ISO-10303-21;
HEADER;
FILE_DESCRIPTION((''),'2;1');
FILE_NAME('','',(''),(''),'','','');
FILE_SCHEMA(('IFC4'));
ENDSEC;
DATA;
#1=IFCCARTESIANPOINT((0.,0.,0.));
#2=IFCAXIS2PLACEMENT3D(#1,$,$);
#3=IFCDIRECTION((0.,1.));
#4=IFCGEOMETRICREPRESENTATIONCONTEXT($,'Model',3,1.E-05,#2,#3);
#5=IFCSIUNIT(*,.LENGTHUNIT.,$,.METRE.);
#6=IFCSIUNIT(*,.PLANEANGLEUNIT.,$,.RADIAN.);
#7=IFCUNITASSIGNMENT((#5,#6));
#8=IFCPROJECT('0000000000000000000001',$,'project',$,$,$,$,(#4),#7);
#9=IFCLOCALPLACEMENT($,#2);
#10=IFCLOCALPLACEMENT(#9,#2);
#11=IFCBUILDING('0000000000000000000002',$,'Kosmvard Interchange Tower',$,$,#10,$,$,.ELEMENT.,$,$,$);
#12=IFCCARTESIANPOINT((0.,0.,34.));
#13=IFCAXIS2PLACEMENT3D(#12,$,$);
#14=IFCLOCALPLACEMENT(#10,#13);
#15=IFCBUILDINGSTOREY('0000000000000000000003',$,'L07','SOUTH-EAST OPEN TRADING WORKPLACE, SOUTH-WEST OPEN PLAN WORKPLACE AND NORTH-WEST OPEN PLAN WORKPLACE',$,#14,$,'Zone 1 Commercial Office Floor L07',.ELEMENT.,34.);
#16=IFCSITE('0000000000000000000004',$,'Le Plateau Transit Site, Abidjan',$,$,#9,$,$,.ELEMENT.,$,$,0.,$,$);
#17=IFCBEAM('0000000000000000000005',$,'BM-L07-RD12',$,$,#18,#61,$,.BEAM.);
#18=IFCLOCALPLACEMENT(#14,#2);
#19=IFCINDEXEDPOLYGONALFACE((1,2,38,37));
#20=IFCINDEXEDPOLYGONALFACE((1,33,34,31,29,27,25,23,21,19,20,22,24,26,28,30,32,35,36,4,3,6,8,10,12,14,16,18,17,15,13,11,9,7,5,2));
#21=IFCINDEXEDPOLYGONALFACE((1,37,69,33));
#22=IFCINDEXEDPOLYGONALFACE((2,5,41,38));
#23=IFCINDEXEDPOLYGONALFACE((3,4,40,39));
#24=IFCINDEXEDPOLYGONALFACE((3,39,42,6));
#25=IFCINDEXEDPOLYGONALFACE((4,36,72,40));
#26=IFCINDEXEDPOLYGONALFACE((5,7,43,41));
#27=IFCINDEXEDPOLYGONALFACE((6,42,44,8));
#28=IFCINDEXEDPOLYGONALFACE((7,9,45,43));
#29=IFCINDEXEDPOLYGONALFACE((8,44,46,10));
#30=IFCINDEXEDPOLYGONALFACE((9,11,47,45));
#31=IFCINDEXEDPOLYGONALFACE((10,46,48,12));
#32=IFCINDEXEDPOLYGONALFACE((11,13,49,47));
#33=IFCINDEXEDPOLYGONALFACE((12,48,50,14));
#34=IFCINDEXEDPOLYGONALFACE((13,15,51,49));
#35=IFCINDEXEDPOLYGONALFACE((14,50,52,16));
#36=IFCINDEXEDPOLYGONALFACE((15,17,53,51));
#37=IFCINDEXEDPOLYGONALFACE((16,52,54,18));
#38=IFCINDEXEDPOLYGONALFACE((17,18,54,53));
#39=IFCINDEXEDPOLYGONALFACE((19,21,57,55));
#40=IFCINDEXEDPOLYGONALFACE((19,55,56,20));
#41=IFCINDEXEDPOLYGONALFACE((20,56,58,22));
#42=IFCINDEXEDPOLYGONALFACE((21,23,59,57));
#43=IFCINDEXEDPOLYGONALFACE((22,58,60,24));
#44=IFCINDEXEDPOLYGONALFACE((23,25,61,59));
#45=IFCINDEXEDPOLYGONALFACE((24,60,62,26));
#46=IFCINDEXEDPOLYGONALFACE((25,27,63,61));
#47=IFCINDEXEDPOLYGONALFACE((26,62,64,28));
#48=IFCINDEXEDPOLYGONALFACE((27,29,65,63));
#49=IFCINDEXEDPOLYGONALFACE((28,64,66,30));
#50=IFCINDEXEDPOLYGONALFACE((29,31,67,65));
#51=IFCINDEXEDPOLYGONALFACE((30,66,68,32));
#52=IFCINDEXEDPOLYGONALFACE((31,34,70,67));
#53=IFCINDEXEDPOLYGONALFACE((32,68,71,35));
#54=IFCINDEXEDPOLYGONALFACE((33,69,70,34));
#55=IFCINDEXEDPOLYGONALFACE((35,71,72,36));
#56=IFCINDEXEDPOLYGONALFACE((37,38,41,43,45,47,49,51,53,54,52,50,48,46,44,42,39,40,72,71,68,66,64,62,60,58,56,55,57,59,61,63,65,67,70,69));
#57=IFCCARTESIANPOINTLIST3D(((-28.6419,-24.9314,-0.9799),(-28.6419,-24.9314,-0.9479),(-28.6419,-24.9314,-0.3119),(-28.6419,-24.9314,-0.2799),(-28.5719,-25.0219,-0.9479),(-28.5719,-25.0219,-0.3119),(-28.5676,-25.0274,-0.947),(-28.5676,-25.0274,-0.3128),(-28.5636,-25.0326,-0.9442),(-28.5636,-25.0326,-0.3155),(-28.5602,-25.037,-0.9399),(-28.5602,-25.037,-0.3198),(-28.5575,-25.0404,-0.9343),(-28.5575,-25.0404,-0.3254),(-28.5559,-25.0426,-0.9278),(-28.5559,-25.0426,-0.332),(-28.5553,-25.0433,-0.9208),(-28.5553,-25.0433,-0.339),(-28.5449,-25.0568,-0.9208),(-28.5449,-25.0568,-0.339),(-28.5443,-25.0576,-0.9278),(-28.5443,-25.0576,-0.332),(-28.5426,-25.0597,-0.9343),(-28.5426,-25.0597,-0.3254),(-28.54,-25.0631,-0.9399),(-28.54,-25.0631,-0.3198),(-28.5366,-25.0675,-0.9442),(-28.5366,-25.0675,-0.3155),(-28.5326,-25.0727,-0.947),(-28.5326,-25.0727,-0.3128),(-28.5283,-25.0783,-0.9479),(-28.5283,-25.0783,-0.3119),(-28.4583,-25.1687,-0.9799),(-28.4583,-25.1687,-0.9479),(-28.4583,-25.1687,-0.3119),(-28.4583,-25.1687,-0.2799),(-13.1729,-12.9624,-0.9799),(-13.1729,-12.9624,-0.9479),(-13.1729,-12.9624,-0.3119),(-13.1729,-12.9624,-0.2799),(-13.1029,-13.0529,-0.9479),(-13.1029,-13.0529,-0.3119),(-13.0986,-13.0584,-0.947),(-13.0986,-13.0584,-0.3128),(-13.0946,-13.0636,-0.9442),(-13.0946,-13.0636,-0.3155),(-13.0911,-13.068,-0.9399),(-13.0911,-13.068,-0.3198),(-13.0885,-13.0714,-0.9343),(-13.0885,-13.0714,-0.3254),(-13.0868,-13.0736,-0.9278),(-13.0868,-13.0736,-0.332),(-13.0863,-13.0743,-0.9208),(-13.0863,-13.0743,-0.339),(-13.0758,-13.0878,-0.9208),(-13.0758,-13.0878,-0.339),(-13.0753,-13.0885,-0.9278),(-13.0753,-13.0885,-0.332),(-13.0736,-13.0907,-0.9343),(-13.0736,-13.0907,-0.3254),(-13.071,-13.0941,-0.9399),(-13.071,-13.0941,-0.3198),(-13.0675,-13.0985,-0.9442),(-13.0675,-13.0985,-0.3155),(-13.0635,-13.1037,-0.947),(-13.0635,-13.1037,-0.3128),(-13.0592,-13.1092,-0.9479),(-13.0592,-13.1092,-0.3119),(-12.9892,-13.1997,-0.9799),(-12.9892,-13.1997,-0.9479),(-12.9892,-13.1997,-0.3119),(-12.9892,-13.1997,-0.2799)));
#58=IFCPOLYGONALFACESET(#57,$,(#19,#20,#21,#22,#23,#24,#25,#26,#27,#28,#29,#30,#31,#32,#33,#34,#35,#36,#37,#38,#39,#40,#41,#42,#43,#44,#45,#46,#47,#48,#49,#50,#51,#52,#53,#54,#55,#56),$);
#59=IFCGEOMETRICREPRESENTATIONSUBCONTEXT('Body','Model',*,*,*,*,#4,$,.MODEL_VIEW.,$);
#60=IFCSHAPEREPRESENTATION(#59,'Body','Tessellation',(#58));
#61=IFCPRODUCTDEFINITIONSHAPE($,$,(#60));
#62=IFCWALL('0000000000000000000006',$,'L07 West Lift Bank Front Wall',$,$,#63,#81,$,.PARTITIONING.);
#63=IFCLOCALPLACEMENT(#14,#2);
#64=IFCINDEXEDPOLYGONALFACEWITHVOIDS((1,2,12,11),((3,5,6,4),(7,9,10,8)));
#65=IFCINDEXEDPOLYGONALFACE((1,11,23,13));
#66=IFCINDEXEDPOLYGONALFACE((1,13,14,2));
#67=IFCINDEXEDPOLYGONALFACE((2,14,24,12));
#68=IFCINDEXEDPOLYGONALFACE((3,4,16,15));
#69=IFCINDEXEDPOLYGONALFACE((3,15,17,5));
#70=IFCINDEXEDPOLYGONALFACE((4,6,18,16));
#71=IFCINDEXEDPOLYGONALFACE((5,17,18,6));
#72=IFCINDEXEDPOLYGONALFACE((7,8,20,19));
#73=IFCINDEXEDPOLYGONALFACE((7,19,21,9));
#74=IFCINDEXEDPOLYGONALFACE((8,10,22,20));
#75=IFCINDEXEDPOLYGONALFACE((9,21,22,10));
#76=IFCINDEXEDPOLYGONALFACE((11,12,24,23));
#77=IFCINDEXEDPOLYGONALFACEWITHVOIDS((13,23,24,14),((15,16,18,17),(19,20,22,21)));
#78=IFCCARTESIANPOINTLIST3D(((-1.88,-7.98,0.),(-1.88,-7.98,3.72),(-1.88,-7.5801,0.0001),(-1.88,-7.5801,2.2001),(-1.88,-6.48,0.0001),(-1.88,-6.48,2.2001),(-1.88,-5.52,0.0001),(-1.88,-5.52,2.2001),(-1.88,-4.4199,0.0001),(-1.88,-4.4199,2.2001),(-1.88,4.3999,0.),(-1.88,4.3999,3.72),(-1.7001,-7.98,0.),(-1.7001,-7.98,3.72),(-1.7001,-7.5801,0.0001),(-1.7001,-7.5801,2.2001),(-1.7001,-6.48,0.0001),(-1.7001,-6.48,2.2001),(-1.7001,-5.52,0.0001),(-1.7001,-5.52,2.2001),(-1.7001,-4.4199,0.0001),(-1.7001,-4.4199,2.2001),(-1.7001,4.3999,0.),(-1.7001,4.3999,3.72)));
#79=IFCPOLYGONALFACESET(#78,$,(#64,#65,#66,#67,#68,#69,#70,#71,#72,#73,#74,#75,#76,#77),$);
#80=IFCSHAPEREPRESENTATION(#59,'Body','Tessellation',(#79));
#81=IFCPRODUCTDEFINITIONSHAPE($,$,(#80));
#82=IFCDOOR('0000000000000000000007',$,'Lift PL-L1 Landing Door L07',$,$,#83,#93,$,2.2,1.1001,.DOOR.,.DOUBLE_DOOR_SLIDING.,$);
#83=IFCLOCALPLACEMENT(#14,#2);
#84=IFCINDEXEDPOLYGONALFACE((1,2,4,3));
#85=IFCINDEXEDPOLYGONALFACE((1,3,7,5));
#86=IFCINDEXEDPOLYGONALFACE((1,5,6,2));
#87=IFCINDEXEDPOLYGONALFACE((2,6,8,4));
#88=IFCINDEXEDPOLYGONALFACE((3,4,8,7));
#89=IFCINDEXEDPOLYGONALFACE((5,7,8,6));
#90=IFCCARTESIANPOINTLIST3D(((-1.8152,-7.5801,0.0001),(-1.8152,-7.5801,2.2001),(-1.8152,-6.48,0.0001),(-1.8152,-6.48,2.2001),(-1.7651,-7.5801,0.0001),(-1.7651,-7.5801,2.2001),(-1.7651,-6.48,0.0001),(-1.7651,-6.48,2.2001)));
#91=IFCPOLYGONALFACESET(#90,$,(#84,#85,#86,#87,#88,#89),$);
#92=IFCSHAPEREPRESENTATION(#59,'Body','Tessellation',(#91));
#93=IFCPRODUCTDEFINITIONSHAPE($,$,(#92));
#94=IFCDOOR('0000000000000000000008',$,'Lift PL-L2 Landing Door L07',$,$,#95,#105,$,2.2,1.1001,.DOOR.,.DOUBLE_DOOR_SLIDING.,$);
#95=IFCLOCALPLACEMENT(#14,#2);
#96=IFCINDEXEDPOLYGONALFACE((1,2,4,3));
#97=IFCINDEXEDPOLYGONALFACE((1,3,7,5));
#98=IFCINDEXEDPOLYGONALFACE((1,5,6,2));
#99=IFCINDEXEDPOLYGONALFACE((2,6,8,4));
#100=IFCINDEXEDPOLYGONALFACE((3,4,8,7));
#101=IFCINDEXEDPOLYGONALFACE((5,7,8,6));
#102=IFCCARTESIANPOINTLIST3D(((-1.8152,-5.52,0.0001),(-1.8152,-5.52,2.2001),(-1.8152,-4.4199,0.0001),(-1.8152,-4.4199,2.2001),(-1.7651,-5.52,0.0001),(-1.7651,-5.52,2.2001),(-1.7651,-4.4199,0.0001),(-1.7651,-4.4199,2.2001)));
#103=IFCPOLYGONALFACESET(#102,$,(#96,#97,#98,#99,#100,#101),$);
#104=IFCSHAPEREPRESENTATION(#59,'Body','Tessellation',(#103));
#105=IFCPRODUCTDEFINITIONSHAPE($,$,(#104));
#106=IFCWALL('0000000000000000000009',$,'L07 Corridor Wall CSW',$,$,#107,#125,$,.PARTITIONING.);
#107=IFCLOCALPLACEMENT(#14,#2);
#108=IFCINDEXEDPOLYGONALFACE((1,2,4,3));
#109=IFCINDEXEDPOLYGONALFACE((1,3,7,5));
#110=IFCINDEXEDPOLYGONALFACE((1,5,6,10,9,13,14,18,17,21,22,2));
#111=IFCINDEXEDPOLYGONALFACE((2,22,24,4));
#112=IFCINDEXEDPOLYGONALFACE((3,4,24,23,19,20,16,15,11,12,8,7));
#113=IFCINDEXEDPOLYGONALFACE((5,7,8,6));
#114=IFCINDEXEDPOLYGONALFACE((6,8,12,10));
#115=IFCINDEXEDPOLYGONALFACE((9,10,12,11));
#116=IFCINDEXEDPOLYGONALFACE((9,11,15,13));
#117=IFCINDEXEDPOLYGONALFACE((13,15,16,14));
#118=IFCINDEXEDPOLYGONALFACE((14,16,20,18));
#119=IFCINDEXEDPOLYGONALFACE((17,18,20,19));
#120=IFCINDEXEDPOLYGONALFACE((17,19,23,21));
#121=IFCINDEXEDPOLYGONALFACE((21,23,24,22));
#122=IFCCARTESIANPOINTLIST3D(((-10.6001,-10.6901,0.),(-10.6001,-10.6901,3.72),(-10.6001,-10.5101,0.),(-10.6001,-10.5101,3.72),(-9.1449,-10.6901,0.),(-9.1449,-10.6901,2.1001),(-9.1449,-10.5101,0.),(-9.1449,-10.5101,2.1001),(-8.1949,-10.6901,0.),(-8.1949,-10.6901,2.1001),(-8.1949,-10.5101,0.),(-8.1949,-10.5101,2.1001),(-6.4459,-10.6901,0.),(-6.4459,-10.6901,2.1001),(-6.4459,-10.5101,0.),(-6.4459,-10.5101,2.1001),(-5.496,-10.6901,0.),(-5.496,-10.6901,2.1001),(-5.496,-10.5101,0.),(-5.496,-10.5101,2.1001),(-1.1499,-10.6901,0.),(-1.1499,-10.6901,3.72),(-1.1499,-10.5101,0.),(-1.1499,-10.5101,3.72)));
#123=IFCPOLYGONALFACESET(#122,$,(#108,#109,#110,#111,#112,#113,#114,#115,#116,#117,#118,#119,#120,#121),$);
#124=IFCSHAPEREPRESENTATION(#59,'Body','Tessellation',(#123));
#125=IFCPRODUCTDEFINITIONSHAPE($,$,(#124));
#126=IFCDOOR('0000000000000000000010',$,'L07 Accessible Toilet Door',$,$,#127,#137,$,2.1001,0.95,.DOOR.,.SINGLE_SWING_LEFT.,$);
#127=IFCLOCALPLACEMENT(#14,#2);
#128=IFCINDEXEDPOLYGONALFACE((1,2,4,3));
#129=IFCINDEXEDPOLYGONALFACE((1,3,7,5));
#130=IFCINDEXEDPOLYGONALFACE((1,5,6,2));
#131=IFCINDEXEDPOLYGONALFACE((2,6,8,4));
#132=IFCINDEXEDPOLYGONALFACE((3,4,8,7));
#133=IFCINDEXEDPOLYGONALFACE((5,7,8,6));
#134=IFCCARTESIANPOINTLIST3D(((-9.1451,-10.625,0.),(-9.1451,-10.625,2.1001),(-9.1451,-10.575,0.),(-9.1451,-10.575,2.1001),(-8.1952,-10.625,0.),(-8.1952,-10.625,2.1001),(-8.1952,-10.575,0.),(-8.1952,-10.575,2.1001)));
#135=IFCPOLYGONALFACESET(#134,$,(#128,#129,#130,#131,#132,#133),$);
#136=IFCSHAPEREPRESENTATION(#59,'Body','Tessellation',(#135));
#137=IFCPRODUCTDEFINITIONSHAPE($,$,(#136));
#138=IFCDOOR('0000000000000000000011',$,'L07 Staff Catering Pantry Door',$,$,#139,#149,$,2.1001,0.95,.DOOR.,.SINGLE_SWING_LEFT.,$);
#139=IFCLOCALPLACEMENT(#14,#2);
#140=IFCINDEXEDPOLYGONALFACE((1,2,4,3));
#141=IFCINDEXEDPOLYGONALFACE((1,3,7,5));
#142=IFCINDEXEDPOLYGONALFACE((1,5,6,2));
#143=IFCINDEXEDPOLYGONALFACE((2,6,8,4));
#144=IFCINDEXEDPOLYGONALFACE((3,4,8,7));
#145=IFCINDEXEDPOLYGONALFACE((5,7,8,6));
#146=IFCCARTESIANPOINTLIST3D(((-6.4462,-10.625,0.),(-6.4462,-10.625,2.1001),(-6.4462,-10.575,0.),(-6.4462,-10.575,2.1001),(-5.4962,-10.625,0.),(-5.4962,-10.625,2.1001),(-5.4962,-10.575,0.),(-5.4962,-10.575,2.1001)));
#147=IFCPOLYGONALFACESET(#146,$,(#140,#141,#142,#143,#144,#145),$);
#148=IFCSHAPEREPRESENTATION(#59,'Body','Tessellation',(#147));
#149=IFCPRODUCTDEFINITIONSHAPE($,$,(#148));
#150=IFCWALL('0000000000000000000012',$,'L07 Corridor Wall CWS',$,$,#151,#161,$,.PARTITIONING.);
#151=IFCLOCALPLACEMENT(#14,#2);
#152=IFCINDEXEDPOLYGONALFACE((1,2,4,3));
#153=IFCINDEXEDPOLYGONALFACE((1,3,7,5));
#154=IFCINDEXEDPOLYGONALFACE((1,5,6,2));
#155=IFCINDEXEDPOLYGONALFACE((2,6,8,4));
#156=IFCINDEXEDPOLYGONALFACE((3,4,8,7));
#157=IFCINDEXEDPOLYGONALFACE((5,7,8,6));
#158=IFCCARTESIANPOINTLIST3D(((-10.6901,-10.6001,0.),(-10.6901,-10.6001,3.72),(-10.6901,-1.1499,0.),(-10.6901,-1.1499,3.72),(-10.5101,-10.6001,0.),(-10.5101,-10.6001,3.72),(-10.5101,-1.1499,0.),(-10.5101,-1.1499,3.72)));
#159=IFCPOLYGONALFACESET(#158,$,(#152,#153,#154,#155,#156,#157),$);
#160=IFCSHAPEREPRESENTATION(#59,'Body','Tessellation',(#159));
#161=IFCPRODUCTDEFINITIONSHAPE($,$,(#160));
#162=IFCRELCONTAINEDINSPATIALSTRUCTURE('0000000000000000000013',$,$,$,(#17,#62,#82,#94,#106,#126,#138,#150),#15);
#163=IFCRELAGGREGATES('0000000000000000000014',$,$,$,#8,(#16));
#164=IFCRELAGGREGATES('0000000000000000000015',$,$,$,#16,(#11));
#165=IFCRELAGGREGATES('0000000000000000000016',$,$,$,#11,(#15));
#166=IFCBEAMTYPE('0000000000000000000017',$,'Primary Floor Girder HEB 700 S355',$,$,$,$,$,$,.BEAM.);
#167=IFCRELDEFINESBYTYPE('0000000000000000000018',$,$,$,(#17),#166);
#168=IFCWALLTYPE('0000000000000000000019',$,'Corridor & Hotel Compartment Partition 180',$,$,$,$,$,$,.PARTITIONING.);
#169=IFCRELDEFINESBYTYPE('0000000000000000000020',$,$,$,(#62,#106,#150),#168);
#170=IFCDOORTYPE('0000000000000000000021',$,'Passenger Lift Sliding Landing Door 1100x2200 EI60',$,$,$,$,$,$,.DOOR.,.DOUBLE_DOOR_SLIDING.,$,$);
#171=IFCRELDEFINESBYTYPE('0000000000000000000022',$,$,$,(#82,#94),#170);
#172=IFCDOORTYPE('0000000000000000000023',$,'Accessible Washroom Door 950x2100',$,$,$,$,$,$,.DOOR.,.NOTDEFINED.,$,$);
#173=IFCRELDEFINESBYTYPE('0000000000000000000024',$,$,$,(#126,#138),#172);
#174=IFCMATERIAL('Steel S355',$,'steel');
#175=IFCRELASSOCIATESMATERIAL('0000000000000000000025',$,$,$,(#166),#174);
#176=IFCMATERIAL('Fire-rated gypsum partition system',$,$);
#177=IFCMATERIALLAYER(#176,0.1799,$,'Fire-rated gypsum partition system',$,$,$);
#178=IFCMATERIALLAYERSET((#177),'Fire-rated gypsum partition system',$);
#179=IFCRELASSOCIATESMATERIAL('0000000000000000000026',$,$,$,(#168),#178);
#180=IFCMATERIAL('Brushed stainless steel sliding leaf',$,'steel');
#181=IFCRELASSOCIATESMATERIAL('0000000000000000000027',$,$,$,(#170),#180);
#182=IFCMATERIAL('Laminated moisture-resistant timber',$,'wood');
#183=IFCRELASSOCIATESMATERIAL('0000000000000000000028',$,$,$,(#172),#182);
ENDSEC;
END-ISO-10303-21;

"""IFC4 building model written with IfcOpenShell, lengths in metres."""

from ifc_helpers import new_model, si_unit, direction, frame, frame_2d, origin, origin_2d, place, context, subcontext, project, spatial, rectangle, i_section, extrude, source, transform, mapped, material, layer, layer_set, material_profile, profile_set, type_object, element, fill, save


model = new_model("IFC4")

# Units and contexts
model_context = context("Model", 3, precision=1e-05, world=origin(), true_north=direction((0.0, 1.0)))
body_context = subcontext(model_context, "Body", "Model", "MODEL_VIEW")
ifc_project = project(units=[si_unit("LENGTHUNIT", "METRE"), si_unit("PLANEANGLEUNIT", "RADIAN")], contexts=[model_context])

# Site, building, storey
site_placement = place(None, origin())
site = spatial("IfcSite", under=ifc_project, at=site_placement, Name="Le Plateau Transit Site, Abidjan", CompositionType="ELEMENT", RefElevation=0.0)
building_placement = place(site_placement, origin())
building = spatial("IfcBuilding", under=site, at=building_placement, Name="Kosmvard Interchange Tower", CompositionType="ELEMENT")
storey_placement = place(building_placement, frame((0.0, 0.0, 34.0)))
storey = spatial("IfcBuildingStorey", under=building, at=storey_placement, Name="L07", Description="SOUTH-EAST OPEN TRADING WORKPLACE, SOUTH-WEST OPEN PLAN WORKPLACE AND NORTH-WEST OPEN PLAN WORKPLACE", LongName="Zone 1 Commercial Office Floor L07", CompositionType="ELEMENT", Elevation=34.0)

# Beam
ifc_material_1 = material(Name="Steel S355", Category="steel")
ifc_material_profile_1 = material_profile(ifc_material_1, i_section(OverallWidth=0.3, OverallDepth=0.7, WebThickness=0.0171, FlangeThickness=0.032, FilletRadius=0.0271, at=origin_2d()), Name="HEB 700")
ifc_profile_set_1 = profile_set([ifc_material_profile_1], Name="Steel S355")
beam_type_1 = type_object("IfcBeamType", Name="Primary Floor Girder HEB 700 S355", PredefinedType="BEAM", material=ifc_profile_set_1)
shared_shape_1 = source(origin(), body_context, "Body", "SweptSolid", [
    extrude(i_section(OverallWidth=0.3, OverallDepth=0.7, WebThickness=0.0171, FlangeThickness=0.032, FilletRadius=0.0271, at=origin_2d()), origin(), (0.0, 0.0, 1.0), 19.5588),
])
beam_1_placement = place(storey_placement, frame((-13.0811, -13.0811, -0.6299), z_axis=(-0.790897, -0.611949, 0.0), x_axis=(0.611949, -0.790897, 0.0)))
element("IfcBeam", 1, at=beam_1_placement, inside=storey, type_object=beam_type_1, Name="BM-L07-RD12", PredefinedType="BEAM", context=body_context, shape_type="MappedRepresentation", body=[
    mapped(shared_shape_1, transform((0.0, 0.0, 0.0), scale=1.0)),
])

# Walls, openings, doors
ifc_material_2 = material(Name="Fire-rated gypsum partition system")
ifc_layer_1 = layer(ifc_material_2, 0.1799, Name="Fire-rated gypsum partition system")
ifc_layer_set_1 = layer_set([ifc_layer_1], Name="Fire-rated gypsum partition system")
wall_type_1 = type_object("IfcWallType", Name="Corridor & Hotel Compartment Partition 180", PredefinedType="PARTITIONING", material=ifc_layer_set_1)
wall_1_placement = place(storey_placement, frame((-1.79, -7.98, 0.0), z_axis=(0.0, 0.0, 1.0), x_axis=(0.0, 1.0, 0.0)))
wall_1 = element("IfcWall", 2, at=wall_1_placement, inside=storey, type_object=wall_type_1, Name="L07 West Lift Bank Front Wall", PredefinedType="PARTITIONING", context=body_context, shape_type="SweptSolid", body=[
    extrude(rectangle(XDim=12.3799, YDim=0.1799, at=frame_2d((6.1899, 0.0))), origin(), (0.0, 0.0, 1.0), 3.72),
])
opening_1_placement = place(wall_1_placement, frame((0.3999, 0.0, 0.0)))
opening_1 = element("IfcOpeningElement", 3, at=opening_1_placement, cuts=wall_1, PredefinedType="OPENING", context=body_context, shape_type="SweptSolid", body=[
    extrude(rectangle(XDim=1.1001, YDim=2.2, at=frame_2d((0.55, 1.1001))), frame((0.0, 0.1001, 0.0), z_axis=(0.0, -1.0, 0.0), x_axis=(1.0, 0.0, 0.0)), (0.0, 0.0, 1.0), 0.2),
])
opening_2_placement = place(wall_1_placement, frame((2.46, 0.0, 0.0)))
opening_2 = element("IfcOpeningElement", 4, at=opening_2_placement, cuts=wall_1, PredefinedType="OPENING", context=body_context, shape_type="SweptSolid", body=[
    extrude(rectangle(XDim=1.1001, YDim=2.2, at=frame_2d((0.55, 1.1001))), frame((0.0, 0.1001, 0.0), z_axis=(0.0, -1.0, 0.0), x_axis=(1.0, 0.0, 0.0)), (0.0, 0.0, 1.0), 0.2),
])
ifc_material_3 = material(Name="Brushed stainless steel sliding leaf", Category="steel")
door_type_1 = type_object("IfcDoorType", Name="Passenger Lift Sliding Landing Door 1100x2200 EI60", OperationType="DOUBLE_DOOR_SLIDING", PredefinedType="DOOR", material=ifc_material_3)
shared_shape_2 = source(origin(), body_context, "Body", "SweptSolid", [
    extrude(rectangle(XDim=1.1001, YDim=2.2, at=frame_2d((0.55, 1.1001))), frame((0.0, 0.0249, 0.0), z_axis=(0.0, -1.0, 0.0), x_axis=(1.0, 0.0, 0.0)), (0.0, 0.0, 1.0), 0.05),
])
door_1_placement = place(opening_1_placement, frame((1.1001, 0.0, 0.0), z_axis=(0.0, 0.0, 1.0), x_axis=(-1.0, 0.0, 0.0)))
door_1 = element("IfcDoor", 5, at=door_1_placement, inside=storey, type_object=door_type_1, Name="Lift PL-L1 Landing Door L07", OperationType="DOUBLE_DOOR_SLIDING", OverallHeight=2.2, OverallWidth=1.1001, PredefinedType="DOOR", context=body_context, shape_type="MappedRepresentation", body=[
    mapped(shared_shape_2, transform((0.0, 0.0, 0.0), scale=1.0)),
])
fill(opening_1, door_1)
door_2_placement = place(opening_2_placement, frame((1.1001, 0.0, 0.0), z_axis=(0.0, 0.0, 1.0), x_axis=(-1.0, 0.0, 0.0)))
door_2 = element("IfcDoor", 6, at=door_2_placement, inside=storey, type_object=door_type_1, Name="Lift PL-L2 Landing Door L07", OperationType="DOUBLE_DOOR_SLIDING", OverallHeight=2.2, OverallWidth=1.1001, PredefinedType="DOOR", context=body_context, shape_type="MappedRepresentation", body=[
    mapped(shared_shape_2, transform((0.0, 0.0, 0.0), scale=1.0)),
])
fill(opening_2, door_2)
wall_2_placement = place(storey_placement, frame((-10.6001, -10.6001, 0.0), z_axis=(0.0, 0.0, 1.0), x_axis=(1.0, 0.0, 0.0)))
wall_2 = element("IfcWall", 7, at=wall_2_placement, inside=storey, type_object=wall_type_1, Name="L07 Corridor Wall CSW", PredefinedType="PARTITIONING", context=body_context, shape_type="SweptSolid", body=[
    extrude(rectangle(XDim=9.4502, YDim=0.1799, at=frame_2d((4.7251, 0.0))), origin(), (0.0, 0.0, 1.0), 3.72),
])
opening_3_placement = place(wall_2_placement, frame((1.4551, 0.0, 0.0)))
opening_3 = element("IfcOpeningElement", 8, at=opening_3_placement, cuts=wall_2, PredefinedType="OPENING", context=body_context, shape_type="SweptSolid", body=[
    extrude(rectangle(XDim=0.95, YDim=2.1001, at=frame_2d((0.4751, 1.05))), frame((0.0, 0.1001, 0.0), z_axis=(0.0, -1.0, 0.0), x_axis=(1.0, 0.0, 0.0)), (0.0, 0.0, 1.0), 0.2),
])
opening_4_placement = place(wall_2_placement, frame((4.1541, 0.0, 0.0)))
opening_4 = element("IfcOpeningElement", 9, at=opening_4_placement, cuts=wall_2, PredefinedType="OPENING", context=body_context, shape_type="SweptSolid", body=[
    extrude(rectangle(XDim=0.95, YDim=2.1001, at=frame_2d((0.4751, 1.05))), frame((0.0, 0.1001, 0.0), z_axis=(0.0, -1.0, 0.0), x_axis=(1.0, 0.0, 0.0)), (0.0, 0.0, 1.0), 0.2),
])
ifc_material_4 = material(Name="Laminated moisture-resistant timber", Category="wood")
door_type_2 = type_object("IfcDoorType", Name="Accessible Washroom Door 950x2100", OperationType="NOTDEFINED", PredefinedType="DOOR", material=ifc_material_4)
shared_shape_3 = source(origin(), body_context, "Body", "SweptSolid", [
    extrude(rectangle(XDim=0.95, YDim=2.1001, at=frame_2d((0.4751, 1.05))), frame((0.0, 0.0249, 0.0), z_axis=(0.0, -1.0, 0.0), x_axis=(1.0, 0.0, 0.0)), (0.0, 0.0, 1.0), 0.05),
])
door_3_placement = place(opening_3_placement, frame((0.95, 0.0, 0.0), z_axis=(0.0, 0.0, 1.0), x_axis=(-1.0, 0.0, 0.0)))
door_3 = element("IfcDoor", 10, at=door_3_placement, inside=storey, type_object=door_type_2, Name="L07 Accessible Toilet Door", OperationType="SINGLE_SWING_LEFT", OverallHeight=2.1001, OverallWidth=0.95, PredefinedType="DOOR", context=body_context, shape_type="MappedRepresentation", body=[
    mapped(shared_shape_3, transform((0.0, 0.0, 0.0), scale=1.0)),
])
fill(opening_3, door_3)
door_4_placement = place(opening_4_placement, frame((0.95, 0.0, 0.0), z_axis=(0.0, 0.0, 1.0), x_axis=(-1.0, 0.0, 0.0)))
door_4 = element("IfcDoor", 11, at=door_4_placement, inside=storey, type_object=door_type_2, Name="L07 Staff Catering Pantry Door", OperationType="SINGLE_SWING_LEFT", OverallHeight=2.1001, OverallWidth=0.95, PredefinedType="DOOR", context=body_context, shape_type="MappedRepresentation", body=[
    mapped(shared_shape_3, transform((0.0, 0.0, 0.0), scale=1.0)),
])
fill(opening_4, door_4)

# Wall
wall_3_placement = place(storey_placement, frame((-10.6001, -10.6001, 0.0), z_axis=(0.0, 0.0, 1.0), x_axis=(0.0, 1.0, 0.0)))
element("IfcWall", 12, at=wall_3_placement, inside=storey, type_object=wall_type_1, Name="L07 Corridor Wall CWS", PredefinedType="PARTITIONING", context=body_context, shape_type="SweptSolid", body=[
    extrude(rectangle(XDim=9.4502, YDim=0.1799, at=frame_2d((4.7251, 0.0))), origin(), (0.0, 0.0, 1.0), 3.72),
])

save(model, "model.ifc")
